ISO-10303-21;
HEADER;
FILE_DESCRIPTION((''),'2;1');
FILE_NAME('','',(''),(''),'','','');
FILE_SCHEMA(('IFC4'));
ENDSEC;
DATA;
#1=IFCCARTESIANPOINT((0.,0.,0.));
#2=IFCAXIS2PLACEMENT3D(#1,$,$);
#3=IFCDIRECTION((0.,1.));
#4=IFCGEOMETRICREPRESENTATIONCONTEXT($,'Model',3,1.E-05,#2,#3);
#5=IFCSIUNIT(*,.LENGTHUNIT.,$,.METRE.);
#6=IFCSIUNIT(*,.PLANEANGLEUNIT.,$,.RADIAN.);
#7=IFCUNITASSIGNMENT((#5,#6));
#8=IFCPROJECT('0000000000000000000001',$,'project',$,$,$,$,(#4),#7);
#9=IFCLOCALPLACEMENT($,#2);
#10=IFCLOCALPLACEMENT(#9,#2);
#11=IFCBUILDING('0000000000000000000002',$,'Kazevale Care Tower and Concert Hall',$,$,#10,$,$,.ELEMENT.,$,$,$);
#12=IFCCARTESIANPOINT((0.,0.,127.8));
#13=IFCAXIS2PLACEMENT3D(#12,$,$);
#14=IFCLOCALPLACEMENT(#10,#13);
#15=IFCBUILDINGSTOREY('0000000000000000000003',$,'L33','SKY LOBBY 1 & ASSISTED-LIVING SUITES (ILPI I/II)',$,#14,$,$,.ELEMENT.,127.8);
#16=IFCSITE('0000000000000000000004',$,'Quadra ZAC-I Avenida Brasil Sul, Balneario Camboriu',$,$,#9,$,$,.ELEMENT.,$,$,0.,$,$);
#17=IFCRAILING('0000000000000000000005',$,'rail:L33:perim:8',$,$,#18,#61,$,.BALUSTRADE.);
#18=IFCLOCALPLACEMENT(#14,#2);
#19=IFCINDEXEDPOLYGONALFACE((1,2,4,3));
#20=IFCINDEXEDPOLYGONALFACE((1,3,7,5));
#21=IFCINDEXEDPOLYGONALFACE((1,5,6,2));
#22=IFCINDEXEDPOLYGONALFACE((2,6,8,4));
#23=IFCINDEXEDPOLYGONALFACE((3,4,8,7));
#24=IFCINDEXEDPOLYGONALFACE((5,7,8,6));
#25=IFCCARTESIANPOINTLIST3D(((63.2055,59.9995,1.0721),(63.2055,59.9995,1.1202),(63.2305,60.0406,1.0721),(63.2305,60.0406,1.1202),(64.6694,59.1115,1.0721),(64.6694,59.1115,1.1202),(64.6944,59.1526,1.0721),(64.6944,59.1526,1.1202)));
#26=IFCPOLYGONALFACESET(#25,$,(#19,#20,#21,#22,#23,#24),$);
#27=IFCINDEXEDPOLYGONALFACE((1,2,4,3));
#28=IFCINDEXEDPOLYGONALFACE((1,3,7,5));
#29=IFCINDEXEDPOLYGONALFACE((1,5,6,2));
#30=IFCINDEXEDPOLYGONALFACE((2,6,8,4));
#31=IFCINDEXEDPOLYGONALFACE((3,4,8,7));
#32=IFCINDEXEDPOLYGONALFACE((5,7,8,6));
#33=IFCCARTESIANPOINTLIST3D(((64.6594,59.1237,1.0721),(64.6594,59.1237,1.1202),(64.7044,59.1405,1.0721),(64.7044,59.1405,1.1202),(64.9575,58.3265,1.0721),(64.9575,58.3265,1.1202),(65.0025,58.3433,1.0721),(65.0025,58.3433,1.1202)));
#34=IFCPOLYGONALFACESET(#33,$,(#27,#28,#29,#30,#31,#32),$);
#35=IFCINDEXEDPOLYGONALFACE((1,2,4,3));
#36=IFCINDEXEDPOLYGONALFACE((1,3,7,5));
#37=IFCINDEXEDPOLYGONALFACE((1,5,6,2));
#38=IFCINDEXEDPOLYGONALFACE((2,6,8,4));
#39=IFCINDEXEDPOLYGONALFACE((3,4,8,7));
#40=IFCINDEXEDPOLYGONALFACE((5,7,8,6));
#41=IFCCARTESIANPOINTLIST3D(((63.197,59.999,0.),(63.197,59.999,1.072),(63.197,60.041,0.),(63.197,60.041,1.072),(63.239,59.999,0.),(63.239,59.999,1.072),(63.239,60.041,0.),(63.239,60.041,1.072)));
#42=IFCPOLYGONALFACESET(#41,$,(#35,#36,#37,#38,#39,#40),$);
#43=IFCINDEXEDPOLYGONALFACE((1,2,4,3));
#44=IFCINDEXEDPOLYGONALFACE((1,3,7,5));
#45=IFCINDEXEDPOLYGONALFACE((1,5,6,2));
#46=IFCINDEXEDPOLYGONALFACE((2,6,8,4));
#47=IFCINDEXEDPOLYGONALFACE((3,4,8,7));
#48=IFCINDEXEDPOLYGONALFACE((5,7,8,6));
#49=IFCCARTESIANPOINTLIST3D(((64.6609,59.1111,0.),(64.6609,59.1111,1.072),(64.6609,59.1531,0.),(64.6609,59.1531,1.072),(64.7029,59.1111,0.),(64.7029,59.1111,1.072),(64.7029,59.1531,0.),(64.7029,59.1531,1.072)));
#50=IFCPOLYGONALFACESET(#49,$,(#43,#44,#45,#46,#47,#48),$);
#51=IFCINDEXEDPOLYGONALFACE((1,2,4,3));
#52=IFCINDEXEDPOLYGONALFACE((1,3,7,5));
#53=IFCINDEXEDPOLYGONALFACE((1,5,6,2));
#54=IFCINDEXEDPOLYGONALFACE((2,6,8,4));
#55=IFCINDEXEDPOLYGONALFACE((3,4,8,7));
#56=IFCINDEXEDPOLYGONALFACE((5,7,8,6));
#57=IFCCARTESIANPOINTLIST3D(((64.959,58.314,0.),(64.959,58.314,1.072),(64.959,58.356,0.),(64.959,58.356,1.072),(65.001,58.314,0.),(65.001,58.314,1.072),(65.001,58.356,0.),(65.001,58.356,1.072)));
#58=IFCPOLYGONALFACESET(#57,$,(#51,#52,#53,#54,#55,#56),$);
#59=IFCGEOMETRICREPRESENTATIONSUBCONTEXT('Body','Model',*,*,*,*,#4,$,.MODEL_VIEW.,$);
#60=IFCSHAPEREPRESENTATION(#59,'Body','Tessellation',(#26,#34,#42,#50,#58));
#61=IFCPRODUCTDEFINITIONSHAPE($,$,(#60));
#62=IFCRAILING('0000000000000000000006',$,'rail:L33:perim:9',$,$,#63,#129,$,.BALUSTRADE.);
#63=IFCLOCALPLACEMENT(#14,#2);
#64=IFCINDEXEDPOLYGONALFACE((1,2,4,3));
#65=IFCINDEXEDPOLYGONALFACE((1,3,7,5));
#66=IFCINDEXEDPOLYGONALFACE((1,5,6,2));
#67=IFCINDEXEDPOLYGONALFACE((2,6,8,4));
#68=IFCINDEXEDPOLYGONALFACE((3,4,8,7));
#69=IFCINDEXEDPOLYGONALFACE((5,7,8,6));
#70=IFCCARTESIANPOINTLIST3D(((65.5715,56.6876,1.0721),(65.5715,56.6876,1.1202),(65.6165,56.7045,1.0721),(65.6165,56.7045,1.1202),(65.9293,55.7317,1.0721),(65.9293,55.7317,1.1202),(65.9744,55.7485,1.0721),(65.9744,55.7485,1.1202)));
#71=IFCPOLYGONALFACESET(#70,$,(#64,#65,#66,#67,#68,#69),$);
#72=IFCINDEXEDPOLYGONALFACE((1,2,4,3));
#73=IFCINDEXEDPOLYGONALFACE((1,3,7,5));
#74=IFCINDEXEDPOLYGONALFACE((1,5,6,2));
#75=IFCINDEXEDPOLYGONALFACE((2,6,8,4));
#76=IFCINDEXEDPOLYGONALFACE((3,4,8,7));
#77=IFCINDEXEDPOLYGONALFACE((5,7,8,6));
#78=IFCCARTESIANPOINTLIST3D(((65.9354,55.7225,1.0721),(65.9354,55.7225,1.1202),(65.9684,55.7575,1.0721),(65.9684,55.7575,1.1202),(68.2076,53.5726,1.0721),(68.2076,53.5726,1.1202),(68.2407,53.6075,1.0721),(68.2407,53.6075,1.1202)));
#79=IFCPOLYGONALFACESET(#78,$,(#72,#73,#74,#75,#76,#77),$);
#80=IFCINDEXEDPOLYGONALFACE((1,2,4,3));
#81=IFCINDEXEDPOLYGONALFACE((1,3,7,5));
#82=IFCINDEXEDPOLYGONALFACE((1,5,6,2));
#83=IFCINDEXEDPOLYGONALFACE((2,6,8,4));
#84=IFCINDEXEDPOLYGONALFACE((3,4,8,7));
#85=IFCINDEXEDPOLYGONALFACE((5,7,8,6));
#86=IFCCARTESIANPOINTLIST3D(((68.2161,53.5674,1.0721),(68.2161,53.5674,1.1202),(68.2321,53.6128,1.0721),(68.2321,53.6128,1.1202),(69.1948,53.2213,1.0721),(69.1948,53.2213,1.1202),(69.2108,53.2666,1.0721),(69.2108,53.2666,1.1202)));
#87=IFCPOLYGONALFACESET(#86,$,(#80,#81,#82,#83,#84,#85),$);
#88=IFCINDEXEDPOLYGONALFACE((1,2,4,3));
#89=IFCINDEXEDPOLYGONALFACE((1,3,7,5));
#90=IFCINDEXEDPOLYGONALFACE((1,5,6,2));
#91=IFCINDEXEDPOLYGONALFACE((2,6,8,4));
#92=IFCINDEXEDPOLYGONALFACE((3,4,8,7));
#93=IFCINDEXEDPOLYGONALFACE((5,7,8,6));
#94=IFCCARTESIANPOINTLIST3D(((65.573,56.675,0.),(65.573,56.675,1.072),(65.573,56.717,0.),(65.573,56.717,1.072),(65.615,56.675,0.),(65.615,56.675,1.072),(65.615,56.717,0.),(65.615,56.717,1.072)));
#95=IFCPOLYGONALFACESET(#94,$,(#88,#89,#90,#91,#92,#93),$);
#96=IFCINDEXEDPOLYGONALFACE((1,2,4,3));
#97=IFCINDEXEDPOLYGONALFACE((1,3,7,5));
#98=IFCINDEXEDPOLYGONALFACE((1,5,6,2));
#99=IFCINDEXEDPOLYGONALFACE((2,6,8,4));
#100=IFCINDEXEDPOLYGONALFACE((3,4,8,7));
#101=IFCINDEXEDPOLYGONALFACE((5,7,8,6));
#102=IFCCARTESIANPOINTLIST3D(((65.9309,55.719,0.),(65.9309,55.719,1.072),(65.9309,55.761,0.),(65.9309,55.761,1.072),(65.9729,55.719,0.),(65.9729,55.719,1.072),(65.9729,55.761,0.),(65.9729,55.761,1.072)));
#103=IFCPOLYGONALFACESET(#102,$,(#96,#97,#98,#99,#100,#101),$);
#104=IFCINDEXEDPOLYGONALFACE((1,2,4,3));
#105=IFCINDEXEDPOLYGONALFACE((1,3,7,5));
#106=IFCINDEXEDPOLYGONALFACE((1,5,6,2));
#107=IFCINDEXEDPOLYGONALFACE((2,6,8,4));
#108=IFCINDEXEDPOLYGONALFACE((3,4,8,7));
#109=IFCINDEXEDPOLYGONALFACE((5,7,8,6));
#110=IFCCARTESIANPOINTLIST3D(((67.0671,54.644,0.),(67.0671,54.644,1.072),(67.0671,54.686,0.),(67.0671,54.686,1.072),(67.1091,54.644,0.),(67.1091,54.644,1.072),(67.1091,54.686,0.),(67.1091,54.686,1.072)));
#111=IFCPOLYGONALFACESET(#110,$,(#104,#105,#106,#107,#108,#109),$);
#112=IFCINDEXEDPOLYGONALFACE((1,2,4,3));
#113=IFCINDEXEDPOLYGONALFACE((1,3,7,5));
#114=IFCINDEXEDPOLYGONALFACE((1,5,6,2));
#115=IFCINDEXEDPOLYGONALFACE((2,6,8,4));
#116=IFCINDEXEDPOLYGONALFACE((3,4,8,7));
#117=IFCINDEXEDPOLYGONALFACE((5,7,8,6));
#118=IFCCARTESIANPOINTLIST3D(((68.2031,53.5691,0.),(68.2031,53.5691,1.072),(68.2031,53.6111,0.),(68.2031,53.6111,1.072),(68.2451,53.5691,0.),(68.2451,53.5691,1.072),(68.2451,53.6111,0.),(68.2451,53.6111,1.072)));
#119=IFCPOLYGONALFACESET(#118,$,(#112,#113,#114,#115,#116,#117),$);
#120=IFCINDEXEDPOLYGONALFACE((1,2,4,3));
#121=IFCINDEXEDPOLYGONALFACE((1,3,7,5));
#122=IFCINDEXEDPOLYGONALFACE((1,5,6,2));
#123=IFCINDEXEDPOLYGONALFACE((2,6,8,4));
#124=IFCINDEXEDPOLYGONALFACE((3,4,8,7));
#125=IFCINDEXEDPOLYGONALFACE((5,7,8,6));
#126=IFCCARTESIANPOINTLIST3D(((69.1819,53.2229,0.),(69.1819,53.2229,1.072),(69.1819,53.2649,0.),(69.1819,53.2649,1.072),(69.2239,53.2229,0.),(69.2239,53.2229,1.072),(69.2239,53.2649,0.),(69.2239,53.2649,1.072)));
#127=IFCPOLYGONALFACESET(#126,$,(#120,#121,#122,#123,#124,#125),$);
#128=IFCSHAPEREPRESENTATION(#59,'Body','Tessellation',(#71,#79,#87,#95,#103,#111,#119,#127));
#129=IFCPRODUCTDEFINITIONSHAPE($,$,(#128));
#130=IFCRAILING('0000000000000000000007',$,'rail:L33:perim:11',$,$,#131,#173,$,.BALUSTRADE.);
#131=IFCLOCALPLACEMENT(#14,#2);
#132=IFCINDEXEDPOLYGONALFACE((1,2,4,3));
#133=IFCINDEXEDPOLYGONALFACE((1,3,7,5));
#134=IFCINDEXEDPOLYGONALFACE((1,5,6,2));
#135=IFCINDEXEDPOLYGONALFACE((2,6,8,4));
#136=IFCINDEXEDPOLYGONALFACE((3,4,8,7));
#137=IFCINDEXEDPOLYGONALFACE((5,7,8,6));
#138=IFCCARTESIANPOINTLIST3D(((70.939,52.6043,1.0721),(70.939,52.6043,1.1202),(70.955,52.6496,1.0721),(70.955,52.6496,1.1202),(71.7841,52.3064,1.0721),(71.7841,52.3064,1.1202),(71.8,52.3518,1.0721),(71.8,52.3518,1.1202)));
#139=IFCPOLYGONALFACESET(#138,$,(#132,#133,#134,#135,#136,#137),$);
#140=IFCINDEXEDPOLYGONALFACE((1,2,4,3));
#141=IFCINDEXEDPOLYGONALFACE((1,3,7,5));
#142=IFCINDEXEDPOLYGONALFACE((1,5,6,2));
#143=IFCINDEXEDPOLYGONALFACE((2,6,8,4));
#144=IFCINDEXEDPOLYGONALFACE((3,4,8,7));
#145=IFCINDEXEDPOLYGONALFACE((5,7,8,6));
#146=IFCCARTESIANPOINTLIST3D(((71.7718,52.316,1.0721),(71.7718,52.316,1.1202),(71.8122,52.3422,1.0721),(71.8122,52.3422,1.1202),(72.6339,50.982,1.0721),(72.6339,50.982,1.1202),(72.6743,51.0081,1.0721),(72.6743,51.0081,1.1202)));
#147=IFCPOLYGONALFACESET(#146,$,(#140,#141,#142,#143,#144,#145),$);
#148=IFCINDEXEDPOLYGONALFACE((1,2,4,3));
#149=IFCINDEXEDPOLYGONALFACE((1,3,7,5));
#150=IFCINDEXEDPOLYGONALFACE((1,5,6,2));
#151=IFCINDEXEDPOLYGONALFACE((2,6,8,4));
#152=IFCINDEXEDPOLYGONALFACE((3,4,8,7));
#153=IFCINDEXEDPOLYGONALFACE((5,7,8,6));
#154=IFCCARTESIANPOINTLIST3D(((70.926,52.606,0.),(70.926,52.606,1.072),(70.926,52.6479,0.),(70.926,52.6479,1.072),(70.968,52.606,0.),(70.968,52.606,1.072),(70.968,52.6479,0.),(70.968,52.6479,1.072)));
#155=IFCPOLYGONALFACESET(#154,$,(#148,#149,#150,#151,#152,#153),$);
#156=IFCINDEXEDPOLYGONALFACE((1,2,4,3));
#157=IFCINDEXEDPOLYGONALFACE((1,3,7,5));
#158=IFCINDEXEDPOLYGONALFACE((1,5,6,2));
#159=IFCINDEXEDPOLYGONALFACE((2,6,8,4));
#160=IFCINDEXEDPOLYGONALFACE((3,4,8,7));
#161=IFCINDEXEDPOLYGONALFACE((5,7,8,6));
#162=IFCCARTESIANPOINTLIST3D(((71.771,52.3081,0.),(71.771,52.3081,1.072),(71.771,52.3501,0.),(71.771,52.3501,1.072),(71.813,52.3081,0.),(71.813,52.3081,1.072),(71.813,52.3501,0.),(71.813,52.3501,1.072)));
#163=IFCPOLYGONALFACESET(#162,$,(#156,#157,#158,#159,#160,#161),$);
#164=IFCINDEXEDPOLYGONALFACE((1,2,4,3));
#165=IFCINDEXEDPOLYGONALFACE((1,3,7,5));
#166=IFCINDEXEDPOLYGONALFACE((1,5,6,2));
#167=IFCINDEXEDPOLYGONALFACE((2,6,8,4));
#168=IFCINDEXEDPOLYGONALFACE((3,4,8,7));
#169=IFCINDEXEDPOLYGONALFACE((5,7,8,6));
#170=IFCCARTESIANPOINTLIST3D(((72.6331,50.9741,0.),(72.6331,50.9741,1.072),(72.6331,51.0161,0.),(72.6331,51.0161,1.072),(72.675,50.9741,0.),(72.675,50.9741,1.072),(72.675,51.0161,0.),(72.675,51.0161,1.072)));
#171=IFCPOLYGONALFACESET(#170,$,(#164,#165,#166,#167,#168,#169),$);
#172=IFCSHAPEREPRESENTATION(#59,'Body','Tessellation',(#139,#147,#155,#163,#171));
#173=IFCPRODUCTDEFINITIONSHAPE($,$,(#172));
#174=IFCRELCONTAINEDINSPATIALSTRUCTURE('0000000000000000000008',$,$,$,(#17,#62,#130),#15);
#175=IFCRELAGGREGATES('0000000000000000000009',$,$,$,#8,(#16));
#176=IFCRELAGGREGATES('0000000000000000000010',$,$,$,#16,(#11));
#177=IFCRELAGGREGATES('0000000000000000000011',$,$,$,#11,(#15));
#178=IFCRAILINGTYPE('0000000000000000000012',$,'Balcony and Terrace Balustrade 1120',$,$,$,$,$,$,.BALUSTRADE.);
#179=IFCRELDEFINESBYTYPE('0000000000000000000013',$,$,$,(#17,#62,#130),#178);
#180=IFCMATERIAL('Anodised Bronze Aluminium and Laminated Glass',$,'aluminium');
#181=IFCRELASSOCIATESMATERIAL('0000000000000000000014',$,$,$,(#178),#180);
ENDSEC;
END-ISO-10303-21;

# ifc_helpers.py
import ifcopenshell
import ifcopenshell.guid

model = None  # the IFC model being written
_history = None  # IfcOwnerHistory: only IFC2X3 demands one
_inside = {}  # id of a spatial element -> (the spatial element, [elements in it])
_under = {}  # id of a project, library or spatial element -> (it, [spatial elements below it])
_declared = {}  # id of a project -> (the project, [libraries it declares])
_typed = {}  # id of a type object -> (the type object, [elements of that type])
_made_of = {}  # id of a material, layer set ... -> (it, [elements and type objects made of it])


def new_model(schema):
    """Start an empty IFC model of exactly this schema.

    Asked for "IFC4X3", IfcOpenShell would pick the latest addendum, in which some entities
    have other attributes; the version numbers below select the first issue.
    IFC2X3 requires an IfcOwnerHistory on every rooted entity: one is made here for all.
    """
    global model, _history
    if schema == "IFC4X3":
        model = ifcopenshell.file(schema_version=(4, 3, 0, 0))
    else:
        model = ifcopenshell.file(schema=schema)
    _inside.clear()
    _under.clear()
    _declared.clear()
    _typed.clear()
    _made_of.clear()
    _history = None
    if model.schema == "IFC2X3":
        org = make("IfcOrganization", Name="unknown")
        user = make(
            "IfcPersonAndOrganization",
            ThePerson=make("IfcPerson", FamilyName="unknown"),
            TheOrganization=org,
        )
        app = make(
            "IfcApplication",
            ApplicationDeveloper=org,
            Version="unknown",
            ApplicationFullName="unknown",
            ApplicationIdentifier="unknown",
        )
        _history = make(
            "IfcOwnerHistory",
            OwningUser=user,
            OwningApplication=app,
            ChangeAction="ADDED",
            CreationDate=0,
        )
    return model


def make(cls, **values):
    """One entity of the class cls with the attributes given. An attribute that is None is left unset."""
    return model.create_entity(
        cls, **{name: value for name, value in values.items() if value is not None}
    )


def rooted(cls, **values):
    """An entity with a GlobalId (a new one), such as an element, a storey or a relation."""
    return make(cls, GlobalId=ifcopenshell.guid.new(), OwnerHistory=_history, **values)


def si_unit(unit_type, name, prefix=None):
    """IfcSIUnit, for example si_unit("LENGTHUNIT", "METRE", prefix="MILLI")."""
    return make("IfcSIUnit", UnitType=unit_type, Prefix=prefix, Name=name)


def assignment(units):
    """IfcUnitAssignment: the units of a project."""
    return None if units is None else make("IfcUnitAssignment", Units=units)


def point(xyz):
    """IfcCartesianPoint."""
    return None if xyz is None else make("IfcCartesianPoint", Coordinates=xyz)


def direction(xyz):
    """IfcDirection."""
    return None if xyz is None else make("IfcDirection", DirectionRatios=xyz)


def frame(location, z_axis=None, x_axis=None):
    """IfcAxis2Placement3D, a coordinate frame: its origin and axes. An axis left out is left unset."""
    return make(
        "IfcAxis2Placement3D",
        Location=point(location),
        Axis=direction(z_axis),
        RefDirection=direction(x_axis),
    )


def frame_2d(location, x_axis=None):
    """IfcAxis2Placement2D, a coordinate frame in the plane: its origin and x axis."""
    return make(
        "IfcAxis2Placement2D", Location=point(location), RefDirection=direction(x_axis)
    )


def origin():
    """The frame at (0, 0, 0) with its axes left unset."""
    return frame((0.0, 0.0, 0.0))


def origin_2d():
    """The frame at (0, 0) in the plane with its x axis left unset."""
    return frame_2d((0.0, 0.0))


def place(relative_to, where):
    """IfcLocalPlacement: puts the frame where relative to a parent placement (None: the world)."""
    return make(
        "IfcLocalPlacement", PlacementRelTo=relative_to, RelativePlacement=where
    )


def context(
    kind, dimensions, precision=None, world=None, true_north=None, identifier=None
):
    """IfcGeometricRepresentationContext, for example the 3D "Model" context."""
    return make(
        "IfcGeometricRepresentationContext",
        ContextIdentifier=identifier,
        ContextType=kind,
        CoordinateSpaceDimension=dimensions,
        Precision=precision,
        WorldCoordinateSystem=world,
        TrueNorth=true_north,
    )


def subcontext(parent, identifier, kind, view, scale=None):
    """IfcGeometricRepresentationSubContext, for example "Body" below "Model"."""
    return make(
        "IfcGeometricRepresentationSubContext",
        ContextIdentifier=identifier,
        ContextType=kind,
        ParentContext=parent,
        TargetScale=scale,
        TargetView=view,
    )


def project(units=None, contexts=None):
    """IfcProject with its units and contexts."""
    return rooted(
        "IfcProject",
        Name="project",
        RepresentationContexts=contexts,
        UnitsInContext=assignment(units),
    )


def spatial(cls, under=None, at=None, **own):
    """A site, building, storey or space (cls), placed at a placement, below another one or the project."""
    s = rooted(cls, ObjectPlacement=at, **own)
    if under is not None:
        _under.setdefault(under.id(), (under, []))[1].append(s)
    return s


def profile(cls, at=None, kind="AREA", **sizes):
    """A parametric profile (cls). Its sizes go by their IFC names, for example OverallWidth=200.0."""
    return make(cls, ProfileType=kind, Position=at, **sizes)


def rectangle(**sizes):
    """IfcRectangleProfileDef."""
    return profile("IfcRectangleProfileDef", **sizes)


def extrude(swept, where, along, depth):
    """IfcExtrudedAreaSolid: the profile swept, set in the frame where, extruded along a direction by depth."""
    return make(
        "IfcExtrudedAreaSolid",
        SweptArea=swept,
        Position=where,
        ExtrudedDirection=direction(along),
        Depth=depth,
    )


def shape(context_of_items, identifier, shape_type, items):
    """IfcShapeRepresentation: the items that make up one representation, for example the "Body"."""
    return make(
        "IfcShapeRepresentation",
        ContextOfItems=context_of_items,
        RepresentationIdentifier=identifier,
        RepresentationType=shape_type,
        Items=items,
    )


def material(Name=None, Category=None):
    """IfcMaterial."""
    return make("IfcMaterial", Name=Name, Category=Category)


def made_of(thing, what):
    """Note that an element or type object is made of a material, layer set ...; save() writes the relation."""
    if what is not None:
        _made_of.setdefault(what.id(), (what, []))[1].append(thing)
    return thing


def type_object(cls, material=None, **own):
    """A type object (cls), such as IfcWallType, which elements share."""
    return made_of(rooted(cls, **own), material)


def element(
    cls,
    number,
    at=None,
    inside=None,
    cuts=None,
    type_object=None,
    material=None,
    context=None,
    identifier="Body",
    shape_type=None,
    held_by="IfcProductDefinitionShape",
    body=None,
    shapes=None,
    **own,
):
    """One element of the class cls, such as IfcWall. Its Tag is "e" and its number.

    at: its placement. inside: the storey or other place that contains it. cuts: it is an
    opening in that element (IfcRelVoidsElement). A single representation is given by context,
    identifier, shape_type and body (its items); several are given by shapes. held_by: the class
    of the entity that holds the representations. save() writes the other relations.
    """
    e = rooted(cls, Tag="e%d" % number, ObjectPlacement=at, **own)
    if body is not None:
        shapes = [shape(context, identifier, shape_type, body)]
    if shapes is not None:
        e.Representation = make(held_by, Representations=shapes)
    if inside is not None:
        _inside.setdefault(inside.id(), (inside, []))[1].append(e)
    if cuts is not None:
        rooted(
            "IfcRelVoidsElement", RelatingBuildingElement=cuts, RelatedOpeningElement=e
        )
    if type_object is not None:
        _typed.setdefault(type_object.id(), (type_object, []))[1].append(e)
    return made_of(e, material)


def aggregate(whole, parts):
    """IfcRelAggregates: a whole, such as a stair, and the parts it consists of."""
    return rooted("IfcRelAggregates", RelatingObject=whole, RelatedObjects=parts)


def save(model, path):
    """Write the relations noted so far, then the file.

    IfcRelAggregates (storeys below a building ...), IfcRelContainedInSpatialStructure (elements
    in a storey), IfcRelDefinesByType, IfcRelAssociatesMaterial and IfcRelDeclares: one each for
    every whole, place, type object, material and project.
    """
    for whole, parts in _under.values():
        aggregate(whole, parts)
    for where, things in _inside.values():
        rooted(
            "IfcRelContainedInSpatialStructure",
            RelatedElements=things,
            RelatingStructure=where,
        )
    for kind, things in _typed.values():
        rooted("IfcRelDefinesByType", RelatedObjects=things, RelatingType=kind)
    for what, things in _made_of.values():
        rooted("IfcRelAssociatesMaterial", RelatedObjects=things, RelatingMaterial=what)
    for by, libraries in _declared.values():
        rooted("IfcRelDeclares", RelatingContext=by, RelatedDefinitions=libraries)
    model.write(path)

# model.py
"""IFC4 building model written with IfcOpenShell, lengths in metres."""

from ifc_helpers import new_model, si_unit, direction, frame, origin, origin_2d, place, context, subcontext, project, spatial, rectangle, extrude, material, type_object, element, save


model = new_model("IFC4")

# Units and contexts
model_context = context("Model", 3, precision=1e-05, world=origin(), true_north=direction((0.0, 1.0)))
body_context = subcontext(model_context, "Body", "Model", "MODEL_VIEW")
ifc_project = project(units=[si_unit("LENGTHUNIT", "METRE"), si_unit("PLANEANGLEUNIT", "RADIAN")], contexts=[model_context])

# Site, building, storey
site_placement = place(None, origin())
site = spatial("IfcSite", under=ifc_project, at=site_placement, Name="Quadra ZAC-I Avenida Brasil Sul, Balneario Camboriu", CompositionType="ELEMENT", RefElevation=0.0)
building_placement = place(site_placement, origin())
building = spatial("IfcBuilding", under=site, at=building_placement, Name="Kazevale Care Tower and Concert Hall", CompositionType="ELEMENT")
storey_placement = place(building_placement, frame((0.0, 0.0, 127.8)))
storey = spatial("IfcBuildingStorey", under=building, at=storey_placement, Name="L33", Description="SKY LOBBY 1 & ASSISTED-LIVING SUITES (ILPI I/II)", CompositionType="ELEMENT", Elevation=127.8)

# Railings
ifc_material_1 = material(Name="Anodised Bronze Aluminium and Laminated Glass", Category="aluminium")
railing_type = type_object("IfcRailingType", Name="Balcony and Terrace Balustrade 1120", PredefinedType="BALUSTRADE", material=ifc_material_1)
railing_1_placement = place(storey_placement, frame((63.218, 60.02, 0.0)))
element("IfcRailing", 1, at=railing_1_placement, inside=storey, type_object=railing_type, Name="rail:L33:perim:8", PredefinedType="BALUSTRADE", context=body_context, shape_type="SweptSolid", body=[
    extrude(rectangle(XDim=0.0481, YDim=0.0481, at=origin_2d()), frame((0.0, 0.0, 1.0962), z_axis=(0.855004, -0.518621, 0.0), x_axis=(0.518621, 0.855004, 0.0)), (0.0, 0.0, 1.0), 1.7122),
    extrude(rectangle(XDim=0.0481, YDim=0.0481, at=origin_2d()), frame((1.4639, -0.8879, 1.0962), z_axis=(0.350274, -0.936647, 0.0), x_axis=(0.936647, 0.350274, 0.0)), (0.0, 0.0, 1.0), 0.8511),
    extrude(rectangle(XDim=0.042, YDim=0.042, at=origin_2d()), origin(), (0.0, 0.0, 1.0), 1.072),
    extrude(rectangle(XDim=0.042, YDim=0.042, at=origin_2d()), frame((1.4639, -0.8879, 0.0)), (0.0, 0.0, 1.0), 1.072),
    extrude(rectangle(XDim=0.042, YDim=0.042, at=origin_2d()), frame((1.762, -1.6851, 0.0)), (0.0, 0.0, 1.0), 1.072),
])
railing_2_placement = place(storey_placement, frame((65.594, 56.696, 0.0)))
element("IfcRailing", 2, at=railing_2_placement, inside=storey, type_object=railing_type, Name="rail:L33:perim:9", PredefinedType="BALUSTRADE", context=body_context, shape_type="SweptSolid", body=[
    extrude(rectangle(XDim=0.0481, YDim=0.0481, at=origin_2d()), frame((0.0, 0.0, 1.0962), z_axis=(0.350599, -0.936526, 0.0), x_axis=(0.936526, 0.350599, 0.0)), (0.0, 0.0, 1.0), 1.0208),
    extrude(rectangle(XDim=0.0481, YDim=0.0481, at=origin_2d()), frame((0.3579, -0.9561, 1.0962), z_axis=(0.726387, -0.687286, 0.0), x_axis=(0.687286, 0.726387, 0.0)), (0.0, 0.0, 1.0), 3.1282),
    extrude(rectangle(XDim=0.0481, YDim=0.0481, at=origin_2d()), frame((2.6301, -3.106, 1.0962), z_axis=(0.942764, -0.33346, 0.0), x_axis=(0.33346, 0.942764, 0.0)), (0.0, 0.0, 1.0), 1.0381),
    extrude(rectangle(XDim=0.042, YDim=0.042, at=origin_2d()), origin(), (0.0, 0.0, 1.0), 1.072),
    extrude(rectangle(XDim=0.042, YDim=0.042, at=origin_2d()), frame((0.3579, -0.9561, 0.0)), (0.0, 0.0, 1.0), 1.072),
    extrude(rectangle(XDim=0.042, YDim=0.042, at=origin_2d()), frame((1.4941, -2.031, 0.0)), (0.0, 0.0, 1.0), 1.072),
    extrude(rectangle(XDim=0.042, YDim=0.042, at=origin_2d()), frame((2.6301, -3.106, 0.0)), (0.0, 0.0, 1.0), 1.072),
    extrude(rectangle(XDim=0.042, YDim=0.042, at=origin_2d()), frame((3.6089, -3.4521, 0.0)), (0.0, 0.0, 1.0), 1.072),
])
railing_3_placement = place(storey_placement, frame((70.947, 52.627, 0.0)))
element("IfcRailing", 3, at=railing_3_placement, inside=storey, type_object=railing_type, Name="rail:L33:perim:11", PredefinedType="BALUSTRADE", context=body_context, shape_type="SweptSolid", body=[
    extrude(rectangle(XDim=0.0481, YDim=0.0481, at=origin_2d()), frame((0.0, 0.0, 1.0962), z_axis=(0.943121, -0.332449, 0.0), x_axis=(0.332449, 0.943121, 0.0)), (0.0, 0.0, 1.0), 0.896),
    extrude(rectangle(XDim=0.0481, YDim=0.0481, at=origin_2d()), frame((0.845, -0.2979, 1.0962), z_axis=(0.54276, -0.839888, 0.0), x_axis=(0.839888, 0.54276, 0.0)), (0.0, 0.0, 1.0), 1.5884),
    extrude(rectangle(XDim=0.042, YDim=0.042, at=origin_2d()), origin(), (0.0, 0.0, 1.0), 1.072),
    extrude(rectangle(XDim=0.042, YDim=0.042, at=origin_2d()), frame((0.845, -0.2979, 0.0)), (0.0, 0.0, 1.0), 1.072),
    extrude(rectangle(XDim=0.042, YDim=0.042, at=origin_2d()), frame((1.707, -1.6318, 0.0)), (0.0, 0.0, 1.0), 1.072),
])

save(model, "model.ifc")
